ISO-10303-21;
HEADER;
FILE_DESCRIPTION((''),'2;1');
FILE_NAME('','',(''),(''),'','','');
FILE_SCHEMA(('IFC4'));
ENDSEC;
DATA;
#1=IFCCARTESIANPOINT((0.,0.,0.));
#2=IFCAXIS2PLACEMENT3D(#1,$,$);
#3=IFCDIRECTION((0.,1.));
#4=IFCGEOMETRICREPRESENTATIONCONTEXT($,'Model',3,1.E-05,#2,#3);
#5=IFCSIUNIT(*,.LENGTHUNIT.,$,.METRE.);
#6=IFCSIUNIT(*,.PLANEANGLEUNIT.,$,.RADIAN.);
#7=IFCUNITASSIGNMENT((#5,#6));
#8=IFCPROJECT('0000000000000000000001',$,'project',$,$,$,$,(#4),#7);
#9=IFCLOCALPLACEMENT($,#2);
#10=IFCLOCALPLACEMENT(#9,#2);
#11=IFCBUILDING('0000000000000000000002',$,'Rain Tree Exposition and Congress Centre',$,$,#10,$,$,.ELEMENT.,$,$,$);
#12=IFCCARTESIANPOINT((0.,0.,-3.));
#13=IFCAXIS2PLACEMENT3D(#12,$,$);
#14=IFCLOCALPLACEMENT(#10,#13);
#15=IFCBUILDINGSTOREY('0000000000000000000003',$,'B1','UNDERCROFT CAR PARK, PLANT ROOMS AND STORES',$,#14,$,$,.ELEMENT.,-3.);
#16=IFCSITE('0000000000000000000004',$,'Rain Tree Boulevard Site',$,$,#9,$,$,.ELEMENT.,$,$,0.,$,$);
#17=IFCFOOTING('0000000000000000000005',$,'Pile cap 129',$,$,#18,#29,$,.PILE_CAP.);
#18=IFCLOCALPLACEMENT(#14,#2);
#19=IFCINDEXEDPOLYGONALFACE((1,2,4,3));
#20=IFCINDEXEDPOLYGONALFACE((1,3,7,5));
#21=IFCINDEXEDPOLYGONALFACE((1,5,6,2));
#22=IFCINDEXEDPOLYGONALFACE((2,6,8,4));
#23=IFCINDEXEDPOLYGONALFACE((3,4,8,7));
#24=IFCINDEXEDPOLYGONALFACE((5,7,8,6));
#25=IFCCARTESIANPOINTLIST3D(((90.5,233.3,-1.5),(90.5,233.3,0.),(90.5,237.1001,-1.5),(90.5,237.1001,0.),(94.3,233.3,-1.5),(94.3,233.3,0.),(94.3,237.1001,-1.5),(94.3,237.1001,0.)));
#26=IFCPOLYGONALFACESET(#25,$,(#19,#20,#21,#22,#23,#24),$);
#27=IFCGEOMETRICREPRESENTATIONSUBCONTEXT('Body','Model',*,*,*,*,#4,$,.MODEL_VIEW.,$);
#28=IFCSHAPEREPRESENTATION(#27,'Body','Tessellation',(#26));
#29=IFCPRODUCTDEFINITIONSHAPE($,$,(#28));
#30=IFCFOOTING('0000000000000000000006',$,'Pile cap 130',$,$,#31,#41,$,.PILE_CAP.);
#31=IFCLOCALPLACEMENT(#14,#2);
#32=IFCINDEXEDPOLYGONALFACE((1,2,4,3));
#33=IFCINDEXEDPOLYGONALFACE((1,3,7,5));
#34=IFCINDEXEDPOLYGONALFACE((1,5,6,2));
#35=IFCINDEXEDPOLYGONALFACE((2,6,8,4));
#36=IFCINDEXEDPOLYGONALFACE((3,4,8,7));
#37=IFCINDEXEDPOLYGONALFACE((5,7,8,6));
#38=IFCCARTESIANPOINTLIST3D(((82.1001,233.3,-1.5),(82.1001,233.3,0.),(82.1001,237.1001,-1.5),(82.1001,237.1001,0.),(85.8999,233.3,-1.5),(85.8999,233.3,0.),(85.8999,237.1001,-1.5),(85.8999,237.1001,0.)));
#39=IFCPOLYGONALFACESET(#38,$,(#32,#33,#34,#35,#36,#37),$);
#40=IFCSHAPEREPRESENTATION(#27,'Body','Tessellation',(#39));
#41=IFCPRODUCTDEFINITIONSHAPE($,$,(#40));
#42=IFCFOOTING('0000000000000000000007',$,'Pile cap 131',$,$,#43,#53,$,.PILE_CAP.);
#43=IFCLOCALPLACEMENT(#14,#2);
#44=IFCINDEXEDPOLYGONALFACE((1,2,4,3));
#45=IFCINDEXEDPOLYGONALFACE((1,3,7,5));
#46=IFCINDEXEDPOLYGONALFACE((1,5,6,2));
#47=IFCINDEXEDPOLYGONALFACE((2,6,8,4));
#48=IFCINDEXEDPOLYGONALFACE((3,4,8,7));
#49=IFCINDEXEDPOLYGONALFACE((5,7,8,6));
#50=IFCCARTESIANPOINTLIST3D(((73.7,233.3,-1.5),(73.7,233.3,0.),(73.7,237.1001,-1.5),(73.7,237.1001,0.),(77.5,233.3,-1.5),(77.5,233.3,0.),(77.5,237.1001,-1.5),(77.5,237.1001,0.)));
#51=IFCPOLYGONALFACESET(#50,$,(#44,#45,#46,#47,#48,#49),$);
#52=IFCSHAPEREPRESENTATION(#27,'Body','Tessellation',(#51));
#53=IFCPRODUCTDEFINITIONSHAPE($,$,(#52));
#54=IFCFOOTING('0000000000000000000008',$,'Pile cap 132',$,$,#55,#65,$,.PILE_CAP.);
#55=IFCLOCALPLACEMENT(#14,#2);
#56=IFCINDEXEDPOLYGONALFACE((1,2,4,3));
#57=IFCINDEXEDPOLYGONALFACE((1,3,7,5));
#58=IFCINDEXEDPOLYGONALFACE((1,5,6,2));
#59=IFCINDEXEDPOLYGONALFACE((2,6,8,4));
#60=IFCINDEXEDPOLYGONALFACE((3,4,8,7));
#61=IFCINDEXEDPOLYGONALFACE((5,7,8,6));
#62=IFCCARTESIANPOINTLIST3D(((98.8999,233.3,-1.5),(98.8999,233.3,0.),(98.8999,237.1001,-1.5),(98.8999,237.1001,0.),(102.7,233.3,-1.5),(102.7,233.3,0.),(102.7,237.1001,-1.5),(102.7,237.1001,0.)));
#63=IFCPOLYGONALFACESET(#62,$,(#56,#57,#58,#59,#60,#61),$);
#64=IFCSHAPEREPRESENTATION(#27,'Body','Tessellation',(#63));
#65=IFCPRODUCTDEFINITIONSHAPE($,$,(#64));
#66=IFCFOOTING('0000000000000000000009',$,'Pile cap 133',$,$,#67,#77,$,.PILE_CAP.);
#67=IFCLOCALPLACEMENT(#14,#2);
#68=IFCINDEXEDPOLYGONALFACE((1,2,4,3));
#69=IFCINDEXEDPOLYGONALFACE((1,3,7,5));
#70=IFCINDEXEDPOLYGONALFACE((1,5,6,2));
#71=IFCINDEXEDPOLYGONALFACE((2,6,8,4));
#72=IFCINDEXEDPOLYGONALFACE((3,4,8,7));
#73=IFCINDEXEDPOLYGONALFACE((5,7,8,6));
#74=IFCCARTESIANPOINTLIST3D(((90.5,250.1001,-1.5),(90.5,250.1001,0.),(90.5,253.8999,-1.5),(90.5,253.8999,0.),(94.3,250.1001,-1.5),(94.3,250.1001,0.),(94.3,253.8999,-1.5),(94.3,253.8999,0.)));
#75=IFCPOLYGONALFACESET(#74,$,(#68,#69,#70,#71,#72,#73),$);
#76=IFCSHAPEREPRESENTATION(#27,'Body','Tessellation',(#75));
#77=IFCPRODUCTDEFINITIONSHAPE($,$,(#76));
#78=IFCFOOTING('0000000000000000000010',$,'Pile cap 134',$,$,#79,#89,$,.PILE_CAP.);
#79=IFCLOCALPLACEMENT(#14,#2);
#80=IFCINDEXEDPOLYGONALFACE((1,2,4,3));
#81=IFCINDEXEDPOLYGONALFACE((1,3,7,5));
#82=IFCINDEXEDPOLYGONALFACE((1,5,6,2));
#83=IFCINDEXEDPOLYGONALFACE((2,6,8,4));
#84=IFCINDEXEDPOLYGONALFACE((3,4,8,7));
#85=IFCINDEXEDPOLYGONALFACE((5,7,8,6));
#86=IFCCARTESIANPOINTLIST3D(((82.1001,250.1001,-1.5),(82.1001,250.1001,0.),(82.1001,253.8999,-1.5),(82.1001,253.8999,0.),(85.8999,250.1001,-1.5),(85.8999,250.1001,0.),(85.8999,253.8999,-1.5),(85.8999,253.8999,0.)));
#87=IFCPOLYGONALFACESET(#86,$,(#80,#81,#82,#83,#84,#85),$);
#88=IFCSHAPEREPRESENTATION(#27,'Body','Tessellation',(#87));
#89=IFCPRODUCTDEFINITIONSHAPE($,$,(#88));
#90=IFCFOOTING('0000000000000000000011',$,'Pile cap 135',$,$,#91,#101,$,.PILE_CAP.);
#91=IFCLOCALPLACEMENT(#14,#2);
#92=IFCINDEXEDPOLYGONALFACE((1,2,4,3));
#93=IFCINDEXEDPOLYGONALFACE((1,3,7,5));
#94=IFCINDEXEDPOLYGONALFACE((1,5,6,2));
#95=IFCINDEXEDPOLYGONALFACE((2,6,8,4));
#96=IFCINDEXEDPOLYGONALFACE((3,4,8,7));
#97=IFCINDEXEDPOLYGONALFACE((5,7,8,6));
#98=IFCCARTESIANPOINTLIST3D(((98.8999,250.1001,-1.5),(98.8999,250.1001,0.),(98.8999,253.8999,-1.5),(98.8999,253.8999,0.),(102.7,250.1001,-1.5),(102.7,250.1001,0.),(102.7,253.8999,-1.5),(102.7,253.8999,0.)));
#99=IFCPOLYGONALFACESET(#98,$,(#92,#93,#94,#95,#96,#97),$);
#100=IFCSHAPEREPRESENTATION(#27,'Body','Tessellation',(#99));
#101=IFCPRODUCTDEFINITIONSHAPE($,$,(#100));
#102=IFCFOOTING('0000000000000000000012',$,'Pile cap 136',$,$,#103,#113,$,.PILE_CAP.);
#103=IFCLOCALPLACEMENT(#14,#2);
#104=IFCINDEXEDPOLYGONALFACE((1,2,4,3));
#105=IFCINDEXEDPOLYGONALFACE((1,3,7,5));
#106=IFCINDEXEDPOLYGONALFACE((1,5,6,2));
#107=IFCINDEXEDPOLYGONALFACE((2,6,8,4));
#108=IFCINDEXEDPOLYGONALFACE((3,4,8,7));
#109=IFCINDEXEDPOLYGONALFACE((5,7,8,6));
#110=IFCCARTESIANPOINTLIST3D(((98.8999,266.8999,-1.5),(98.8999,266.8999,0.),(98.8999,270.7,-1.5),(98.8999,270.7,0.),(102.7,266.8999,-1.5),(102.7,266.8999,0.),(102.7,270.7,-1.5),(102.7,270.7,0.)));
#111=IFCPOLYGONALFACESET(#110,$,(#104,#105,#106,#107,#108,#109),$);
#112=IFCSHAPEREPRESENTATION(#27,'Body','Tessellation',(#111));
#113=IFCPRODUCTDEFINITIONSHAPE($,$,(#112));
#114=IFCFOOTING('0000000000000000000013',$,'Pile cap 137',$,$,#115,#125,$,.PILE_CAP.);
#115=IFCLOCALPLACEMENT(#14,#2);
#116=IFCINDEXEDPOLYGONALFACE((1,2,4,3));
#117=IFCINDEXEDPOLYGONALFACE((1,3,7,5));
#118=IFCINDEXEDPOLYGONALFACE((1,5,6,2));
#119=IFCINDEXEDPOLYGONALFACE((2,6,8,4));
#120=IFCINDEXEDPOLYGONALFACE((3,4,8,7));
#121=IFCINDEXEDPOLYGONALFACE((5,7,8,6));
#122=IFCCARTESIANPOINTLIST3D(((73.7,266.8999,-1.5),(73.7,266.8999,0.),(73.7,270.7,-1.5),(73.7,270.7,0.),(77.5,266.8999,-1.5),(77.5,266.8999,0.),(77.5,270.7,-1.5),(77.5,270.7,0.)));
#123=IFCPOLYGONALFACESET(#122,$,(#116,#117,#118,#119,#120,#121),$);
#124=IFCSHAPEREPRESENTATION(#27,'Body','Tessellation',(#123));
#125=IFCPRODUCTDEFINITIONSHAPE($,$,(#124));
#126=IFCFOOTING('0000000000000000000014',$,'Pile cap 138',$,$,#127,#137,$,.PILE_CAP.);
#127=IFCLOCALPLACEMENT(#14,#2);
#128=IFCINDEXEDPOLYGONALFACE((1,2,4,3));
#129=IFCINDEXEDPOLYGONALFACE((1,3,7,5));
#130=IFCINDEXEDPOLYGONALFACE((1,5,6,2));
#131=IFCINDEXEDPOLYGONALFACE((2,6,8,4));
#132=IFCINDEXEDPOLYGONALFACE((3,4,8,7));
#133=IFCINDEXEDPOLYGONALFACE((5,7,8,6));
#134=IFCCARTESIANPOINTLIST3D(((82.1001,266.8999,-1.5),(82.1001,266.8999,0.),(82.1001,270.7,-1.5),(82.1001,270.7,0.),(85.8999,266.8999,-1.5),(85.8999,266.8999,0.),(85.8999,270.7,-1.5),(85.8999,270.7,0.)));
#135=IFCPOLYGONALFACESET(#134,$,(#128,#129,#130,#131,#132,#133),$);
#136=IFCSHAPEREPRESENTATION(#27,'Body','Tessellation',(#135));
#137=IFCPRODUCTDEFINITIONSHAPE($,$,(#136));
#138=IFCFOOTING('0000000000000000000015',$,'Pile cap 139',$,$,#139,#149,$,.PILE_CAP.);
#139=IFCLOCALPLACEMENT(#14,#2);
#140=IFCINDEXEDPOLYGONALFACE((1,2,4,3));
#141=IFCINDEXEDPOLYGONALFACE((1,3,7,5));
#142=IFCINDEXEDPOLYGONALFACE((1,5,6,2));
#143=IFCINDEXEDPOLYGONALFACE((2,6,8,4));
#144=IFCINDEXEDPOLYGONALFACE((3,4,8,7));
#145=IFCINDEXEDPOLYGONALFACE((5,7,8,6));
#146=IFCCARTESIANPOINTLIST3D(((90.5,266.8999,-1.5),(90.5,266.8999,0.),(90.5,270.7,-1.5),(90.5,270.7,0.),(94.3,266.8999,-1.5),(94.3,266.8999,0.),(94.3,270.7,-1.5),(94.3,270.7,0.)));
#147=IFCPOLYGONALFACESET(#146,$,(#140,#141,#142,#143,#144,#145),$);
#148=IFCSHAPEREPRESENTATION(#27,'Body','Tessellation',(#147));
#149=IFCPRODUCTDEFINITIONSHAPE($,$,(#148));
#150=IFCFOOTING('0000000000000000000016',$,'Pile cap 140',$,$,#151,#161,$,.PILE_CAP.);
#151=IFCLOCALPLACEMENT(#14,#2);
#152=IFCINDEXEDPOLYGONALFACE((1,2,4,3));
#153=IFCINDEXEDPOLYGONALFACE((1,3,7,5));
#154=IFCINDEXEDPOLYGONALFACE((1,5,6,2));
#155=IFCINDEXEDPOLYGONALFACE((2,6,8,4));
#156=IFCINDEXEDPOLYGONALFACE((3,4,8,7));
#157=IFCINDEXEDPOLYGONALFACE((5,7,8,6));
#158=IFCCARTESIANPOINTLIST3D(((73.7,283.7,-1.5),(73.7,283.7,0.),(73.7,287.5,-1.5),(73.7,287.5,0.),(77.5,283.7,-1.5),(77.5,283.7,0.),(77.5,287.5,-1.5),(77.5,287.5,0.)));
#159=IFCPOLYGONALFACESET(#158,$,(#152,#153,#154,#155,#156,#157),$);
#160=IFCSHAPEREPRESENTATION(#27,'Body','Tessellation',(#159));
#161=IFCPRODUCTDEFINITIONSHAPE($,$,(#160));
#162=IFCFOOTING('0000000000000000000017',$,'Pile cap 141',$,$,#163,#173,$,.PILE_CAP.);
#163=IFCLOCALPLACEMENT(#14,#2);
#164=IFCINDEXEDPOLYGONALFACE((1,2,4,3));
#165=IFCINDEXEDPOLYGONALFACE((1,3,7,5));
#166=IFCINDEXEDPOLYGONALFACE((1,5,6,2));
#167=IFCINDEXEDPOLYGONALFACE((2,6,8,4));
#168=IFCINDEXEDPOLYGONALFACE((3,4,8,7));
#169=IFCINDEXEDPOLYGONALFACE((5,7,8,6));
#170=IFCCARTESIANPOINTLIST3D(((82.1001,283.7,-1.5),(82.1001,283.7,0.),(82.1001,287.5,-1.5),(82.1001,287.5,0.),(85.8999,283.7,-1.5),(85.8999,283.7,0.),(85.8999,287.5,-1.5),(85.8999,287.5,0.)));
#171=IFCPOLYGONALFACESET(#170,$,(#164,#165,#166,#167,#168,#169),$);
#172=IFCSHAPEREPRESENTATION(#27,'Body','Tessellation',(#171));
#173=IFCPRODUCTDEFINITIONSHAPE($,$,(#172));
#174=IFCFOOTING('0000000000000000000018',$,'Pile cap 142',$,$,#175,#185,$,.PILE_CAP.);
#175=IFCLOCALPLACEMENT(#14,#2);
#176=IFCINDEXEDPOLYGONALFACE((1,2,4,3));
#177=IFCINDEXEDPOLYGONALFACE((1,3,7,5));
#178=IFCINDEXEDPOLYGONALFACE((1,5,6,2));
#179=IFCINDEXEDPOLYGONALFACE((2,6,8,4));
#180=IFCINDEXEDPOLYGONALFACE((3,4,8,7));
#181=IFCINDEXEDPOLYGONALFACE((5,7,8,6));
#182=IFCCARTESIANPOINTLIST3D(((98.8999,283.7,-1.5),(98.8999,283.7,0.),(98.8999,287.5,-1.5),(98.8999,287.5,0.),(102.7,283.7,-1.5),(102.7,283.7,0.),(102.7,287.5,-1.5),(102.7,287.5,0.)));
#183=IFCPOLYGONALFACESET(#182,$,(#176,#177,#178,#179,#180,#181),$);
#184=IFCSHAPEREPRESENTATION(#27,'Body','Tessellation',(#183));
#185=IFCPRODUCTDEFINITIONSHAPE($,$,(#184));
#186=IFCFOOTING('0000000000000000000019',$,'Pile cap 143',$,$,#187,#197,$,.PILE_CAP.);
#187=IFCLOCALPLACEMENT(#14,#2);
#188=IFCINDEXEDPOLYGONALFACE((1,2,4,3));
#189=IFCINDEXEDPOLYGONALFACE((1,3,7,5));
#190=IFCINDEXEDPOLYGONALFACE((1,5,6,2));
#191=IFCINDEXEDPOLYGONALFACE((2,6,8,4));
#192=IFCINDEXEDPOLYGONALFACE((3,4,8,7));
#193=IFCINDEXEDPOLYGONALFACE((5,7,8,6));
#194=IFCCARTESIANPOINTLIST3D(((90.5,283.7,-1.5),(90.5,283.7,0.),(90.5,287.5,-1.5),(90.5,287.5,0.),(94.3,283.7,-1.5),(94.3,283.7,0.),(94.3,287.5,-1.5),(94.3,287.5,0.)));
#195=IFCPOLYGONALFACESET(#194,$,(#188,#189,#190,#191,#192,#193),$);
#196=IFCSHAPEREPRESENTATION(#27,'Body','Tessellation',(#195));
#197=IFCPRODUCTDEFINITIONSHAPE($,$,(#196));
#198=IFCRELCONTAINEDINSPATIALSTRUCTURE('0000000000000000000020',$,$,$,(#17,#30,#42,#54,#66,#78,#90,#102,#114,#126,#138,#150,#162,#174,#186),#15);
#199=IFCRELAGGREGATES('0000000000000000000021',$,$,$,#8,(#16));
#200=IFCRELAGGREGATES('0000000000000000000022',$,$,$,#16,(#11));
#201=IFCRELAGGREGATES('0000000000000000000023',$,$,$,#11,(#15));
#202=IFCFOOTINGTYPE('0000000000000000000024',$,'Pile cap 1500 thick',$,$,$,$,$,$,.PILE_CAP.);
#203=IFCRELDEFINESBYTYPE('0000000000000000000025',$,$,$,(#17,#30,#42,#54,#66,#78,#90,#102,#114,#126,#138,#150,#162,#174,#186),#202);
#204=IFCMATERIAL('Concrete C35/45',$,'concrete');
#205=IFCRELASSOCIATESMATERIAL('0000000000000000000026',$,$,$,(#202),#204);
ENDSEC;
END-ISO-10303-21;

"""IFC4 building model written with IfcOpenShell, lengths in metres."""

from ifc_helpers import new_model, si_unit, direction, frame, origin, place, context, subcontext, project, spatial, polyline, outline, extrude, material, type_object, element, save


model = new_model("IFC4")

# Units and contexts
model_context = context("Model", 3, precision=1e-05, world=origin(), true_north=direction((0.0, 1.0)))
body_context = subcontext(model_context, "Body", "Model", "MODEL_VIEW")
ifc_project = project(units=[si_unit("LENGTHUNIT", "METRE"), si_unit("PLANEANGLEUNIT", "RADIAN")], contexts=[model_context])

# Site, building, storey
site_placement = place(None, origin())
site = spatial("IfcSite", under=ifc_project, at=site_placement, Name="Rain Tree Boulevard Site", CompositionType="ELEMENT", RefElevation=0.0)
building_placement = place(site_placement, origin())
building = spatial("IfcBuilding", under=site, at=building_placement, Name="Rain Tree Exposition and Congress Centre", CompositionType="ELEMENT")
storey_placement = place(building_placement, frame((0.0, 0.0, -3.0)))
storey = spatial("IfcBuildingStorey", under=building, at=storey_placement, Name="B1", Description="UNDERCROFT CAR PARK, PLANT ROOMS AND STORES", CompositionType="ELEMENT", Elevation=-3.0)

# Footings
ifc_material_1 = material(Name="Concrete C35/45", Category="concrete")
footing_type_1 = type_object("IfcFootingType", Name="Pile cap 1500 thick", PredefinedType="PILE_CAP", material=ifc_material_1)
footing_1_placement = place(storey_placement, frame((0.0, 0.0, -1.5)))
element("IfcFooting", 1, at=footing_1_placement, inside=storey, type_object=footing_type_1, Name="Pile cap 129", PredefinedType="PILE_CAP", context=body_context, shape_type="SweptSolid", body=[
    extrude(outline(polyline([(94.3, 233.3), (94.3, 237.1001), (90.5, 237.1001), (90.5, 233.3), (94.3, 233.3)])), origin(), (0.0, 0.0, 1.0), 1.5),
])
footing_2_placement = place(storey_placement, frame((0.0, 0.0, -1.5)))
element("IfcFooting", 2, at=footing_2_placement, inside=storey, type_object=footing_type_1, Name="Pile cap 130", PredefinedType="PILE_CAP", context=body_context, shape_type="SweptSolid", body=[
    extrude(outline(polyline([(85.8999, 233.3), (85.8999, 237.1001), (82.1001, 237.1001), (82.1001, 233.3), (85.8999, 233.3)])), origin(), (0.0, 0.0, 1.0), 1.5),
])
footing_3_placement = place(storey_placement, frame((0.0, 0.0, -1.5)))
element("IfcFooting", 3, at=footing_3_placement, inside=storey, type_object=footing_type_1, Name="Pile cap 131", PredefinedType="PILE_CAP", context=body_context, shape_type="SweptSolid", body=[
    extrude(outline(polyline([(77.5, 233.3), (77.5, 237.1001), (73.7, 237.1001), (73.7, 233.3), (77.5, 233.3)])), origin(), (0.0, 0.0, 1.0), 1.5),
])
footing_4_placement = place(storey_placement, frame((0.0, 0.0, -1.5)))
element("IfcFooting", 4, at=footing_4_placement, inside=storey, type_object=footing_type_1, Name="Pile cap 132", PredefinedType="PILE_CAP", context=body_context, shape_type="SweptSolid", body=[
    extrude(outline(polyline([(102.7, 233.3), (102.7, 237.1001), (98.8999, 237.1001), (98.8999, 233.3), (102.7, 233.3)])), origin(), (0.0, 0.0, 1.0), 1.5),
])
footing_5_placement = place(storey_placement, frame((0.0, 0.0, -1.5)))
element("IfcFooting", 5, at=footing_5_placement, inside=storey, type_object=footing_type_1, Name="Pile cap 133", PredefinedType="PILE_CAP", context=body_context, shape_type="SweptSolid", body=[
    extrude(outline(polyline([(94.3, 250.1001), (94.3, 253.8999), (90.5, 253.8999), (90.5, 250.1001), (94.3, 250.1001)])), origin(), (0.0, 0.0, 1.0), 1.5),
])
footing_6_placement = place(storey_placement, frame((0.0, 0.0, -1.5)))
element("IfcFooting", 6, at=footing_6_placement, inside=storey, type_object=footing_type_1, Name="Pile cap 134", PredefinedType="PILE_CAP", context=body_context, shape_type="SweptSolid", body=[
    extrude(outline(polyline([(85.8999, 250.1001), (85.8999, 253.8999), (82.1001, 253.8999), (82.1001, 250.1001), (85.8999, 250.1001)])), origin(), (0.0, 0.0, 1.0), 1.5),
])
footing_7_placement = place(storey_placement, frame((0.0, 0.0, -1.5)))
element("IfcFooting", 7, at=footing_7_placement, inside=storey, type_object=footing_type_1, Name="Pile cap 135", PredefinedType="PILE_CAP", context=body_context, shape_type="SweptSolid", body=[
    extrude(outline(polyline([(102.7, 250.1001), (102.7, 253.8999), (98.8999, 253.8999), (98.8999, 250.1001), (102.7, 250.1001)])), origin(), (0.0, 0.0, 1.0), 1.5),
])
footing_8_placement = place(storey_placement, frame((0.0, 0.0, -1.5)))
element("IfcFooting", 8, at=footing_8_placement, inside=storey, type_object=footing_type_1, Name="Pile cap 136", PredefinedType="PILE_CAP", context=body_context, shape_type="SweptSolid", body=[
    extrude(outline(polyline([(102.7, 266.8999), (102.7, 270.7), (98.8999, 270.7), (98.8999, 266.8999), (102.7, 266.8999)])), origin(), (0.0, 0.0, 1.0), 1.5),
])
footing_9_placement = place(storey_placement, frame((0.0, 0.0, -1.5)))
element("IfcFooting", 9, at=footing_9_placement, inside=storey, type_object=footing_type_1, Name="Pile cap 137", PredefinedType="PILE_CAP", context=body_context, shape_type="SweptSolid", body=[
    extrude(outline(polyline([(77.5, 266.8999), (77.5, 270.7), (73.7, 270.7), (73.7, 266.8999), (77.5, 266.8999)])), origin(), (0.0, 0.0, 1.0), 1.5),
])
footing_10_placement = place(storey_placement, frame((0.0, 0.0, -1.5)))
element("IfcFooting", 10, at=footing_10_placement, inside=storey, type_object=footing_type_1, Name="Pile cap 138", PredefinedType="PILE_CAP", context=body_context, shape_type="SweptSolid", body=[
    extrude(outline(polyline([(85.8999, 266.8999), (85.8999, 270.7), (82.1001, 270.7), (82.1001, 266.8999), (85.8999, 266.8999)])), origin(), (0.0, 0.0, 1.0), 1.5),
])
footing_11_placement = place(storey_placement, frame((0.0, 0.0, -1.5)))
element("IfcFooting", 11, at=footing_11_placement, inside=storey, type_object=footing_type_1, Name="Pile cap 139", PredefinedType="PILE_CAP", context=body_context, shape_type="SweptSolid", body=[
    extrude(outline(polyline([(94.3, 266.8999), (94.3, 270.7), (90.5, 270.7), (90.5, 266.8999), (94.3, 266.8999)])), origin(), (0.0, 0.0, 1.0), 1.5),
])
footing_12_placement = place(storey_placement, frame((0.0, 0.0, -1.5)))
element("IfcFooting", 12, at=footing_12_placement, inside=storey, type_object=footing_type_1, Name="Pile cap 140", PredefinedType="PILE_CAP", context=body_context, shape_type="SweptSolid", body=[
    extrude(outline(polyline([(77.5, 283.7), (77.5, 287.5), (73.7, 287.5), (73.7, 283.7), (77.5, 283.7)])), origin(), (0.0, 0.0, 1.0), 1.5),
])
footing_13_placement = place(storey_placement, frame((0.0, 0.0, -1.5)))
element("IfcFooting", 13, at=footing_13_placement, inside=storey, type_object=footing_type_1, Name="Pile cap 141", PredefinedType="PILE_CAP", context=body_context, shape_type="SweptSolid", body=[
    extrude(outline(polyline([(85.8999, 283.7), (85.8999, 287.5), (82.1001, 287.5), (82.1001, 283.7), (85.8999, 283.7)])), origin(), (0.0, 0.0, 1.0), 1.5),
])
footing_14_placement = place(storey_placement, frame((0.0, 0.0, -1.5)))
element("IfcFooting", 14, at=footing_14_placement, inside=storey, type_object=footing_type_1, Name="Pile cap 142", PredefinedType="PILE_CAP", context=body_context, shape_type="SweptSolid", body=[
    extrude(outline(polyline([(102.7, 283.7), (102.7, 287.5), (98.8999, 287.5), (98.8999, 283.7), (102.7, 283.7)])), origin(), (0.0, 0.0, 1.0), 1.5),
])
footing_15_placement = place(storey_placement, frame((0.0, 0.0, -1.5)))
element("IfcFooting", 15, at=footing_15_placement, inside=storey, type_object=footing_type_1, Name="Pile cap 143", PredefinedType="PILE_CAP", context=body_context, shape_type="SweptSolid", body=[
    extrude(outline(polyline([(94.3, 283.7), (94.3, 287.5), (90.5, 287.5), (90.5, 283.7), (94.3, 283.7)])), origin(), (0.0, 0.0, 1.0), 1.5),
])

save(model, "model.ifc")
